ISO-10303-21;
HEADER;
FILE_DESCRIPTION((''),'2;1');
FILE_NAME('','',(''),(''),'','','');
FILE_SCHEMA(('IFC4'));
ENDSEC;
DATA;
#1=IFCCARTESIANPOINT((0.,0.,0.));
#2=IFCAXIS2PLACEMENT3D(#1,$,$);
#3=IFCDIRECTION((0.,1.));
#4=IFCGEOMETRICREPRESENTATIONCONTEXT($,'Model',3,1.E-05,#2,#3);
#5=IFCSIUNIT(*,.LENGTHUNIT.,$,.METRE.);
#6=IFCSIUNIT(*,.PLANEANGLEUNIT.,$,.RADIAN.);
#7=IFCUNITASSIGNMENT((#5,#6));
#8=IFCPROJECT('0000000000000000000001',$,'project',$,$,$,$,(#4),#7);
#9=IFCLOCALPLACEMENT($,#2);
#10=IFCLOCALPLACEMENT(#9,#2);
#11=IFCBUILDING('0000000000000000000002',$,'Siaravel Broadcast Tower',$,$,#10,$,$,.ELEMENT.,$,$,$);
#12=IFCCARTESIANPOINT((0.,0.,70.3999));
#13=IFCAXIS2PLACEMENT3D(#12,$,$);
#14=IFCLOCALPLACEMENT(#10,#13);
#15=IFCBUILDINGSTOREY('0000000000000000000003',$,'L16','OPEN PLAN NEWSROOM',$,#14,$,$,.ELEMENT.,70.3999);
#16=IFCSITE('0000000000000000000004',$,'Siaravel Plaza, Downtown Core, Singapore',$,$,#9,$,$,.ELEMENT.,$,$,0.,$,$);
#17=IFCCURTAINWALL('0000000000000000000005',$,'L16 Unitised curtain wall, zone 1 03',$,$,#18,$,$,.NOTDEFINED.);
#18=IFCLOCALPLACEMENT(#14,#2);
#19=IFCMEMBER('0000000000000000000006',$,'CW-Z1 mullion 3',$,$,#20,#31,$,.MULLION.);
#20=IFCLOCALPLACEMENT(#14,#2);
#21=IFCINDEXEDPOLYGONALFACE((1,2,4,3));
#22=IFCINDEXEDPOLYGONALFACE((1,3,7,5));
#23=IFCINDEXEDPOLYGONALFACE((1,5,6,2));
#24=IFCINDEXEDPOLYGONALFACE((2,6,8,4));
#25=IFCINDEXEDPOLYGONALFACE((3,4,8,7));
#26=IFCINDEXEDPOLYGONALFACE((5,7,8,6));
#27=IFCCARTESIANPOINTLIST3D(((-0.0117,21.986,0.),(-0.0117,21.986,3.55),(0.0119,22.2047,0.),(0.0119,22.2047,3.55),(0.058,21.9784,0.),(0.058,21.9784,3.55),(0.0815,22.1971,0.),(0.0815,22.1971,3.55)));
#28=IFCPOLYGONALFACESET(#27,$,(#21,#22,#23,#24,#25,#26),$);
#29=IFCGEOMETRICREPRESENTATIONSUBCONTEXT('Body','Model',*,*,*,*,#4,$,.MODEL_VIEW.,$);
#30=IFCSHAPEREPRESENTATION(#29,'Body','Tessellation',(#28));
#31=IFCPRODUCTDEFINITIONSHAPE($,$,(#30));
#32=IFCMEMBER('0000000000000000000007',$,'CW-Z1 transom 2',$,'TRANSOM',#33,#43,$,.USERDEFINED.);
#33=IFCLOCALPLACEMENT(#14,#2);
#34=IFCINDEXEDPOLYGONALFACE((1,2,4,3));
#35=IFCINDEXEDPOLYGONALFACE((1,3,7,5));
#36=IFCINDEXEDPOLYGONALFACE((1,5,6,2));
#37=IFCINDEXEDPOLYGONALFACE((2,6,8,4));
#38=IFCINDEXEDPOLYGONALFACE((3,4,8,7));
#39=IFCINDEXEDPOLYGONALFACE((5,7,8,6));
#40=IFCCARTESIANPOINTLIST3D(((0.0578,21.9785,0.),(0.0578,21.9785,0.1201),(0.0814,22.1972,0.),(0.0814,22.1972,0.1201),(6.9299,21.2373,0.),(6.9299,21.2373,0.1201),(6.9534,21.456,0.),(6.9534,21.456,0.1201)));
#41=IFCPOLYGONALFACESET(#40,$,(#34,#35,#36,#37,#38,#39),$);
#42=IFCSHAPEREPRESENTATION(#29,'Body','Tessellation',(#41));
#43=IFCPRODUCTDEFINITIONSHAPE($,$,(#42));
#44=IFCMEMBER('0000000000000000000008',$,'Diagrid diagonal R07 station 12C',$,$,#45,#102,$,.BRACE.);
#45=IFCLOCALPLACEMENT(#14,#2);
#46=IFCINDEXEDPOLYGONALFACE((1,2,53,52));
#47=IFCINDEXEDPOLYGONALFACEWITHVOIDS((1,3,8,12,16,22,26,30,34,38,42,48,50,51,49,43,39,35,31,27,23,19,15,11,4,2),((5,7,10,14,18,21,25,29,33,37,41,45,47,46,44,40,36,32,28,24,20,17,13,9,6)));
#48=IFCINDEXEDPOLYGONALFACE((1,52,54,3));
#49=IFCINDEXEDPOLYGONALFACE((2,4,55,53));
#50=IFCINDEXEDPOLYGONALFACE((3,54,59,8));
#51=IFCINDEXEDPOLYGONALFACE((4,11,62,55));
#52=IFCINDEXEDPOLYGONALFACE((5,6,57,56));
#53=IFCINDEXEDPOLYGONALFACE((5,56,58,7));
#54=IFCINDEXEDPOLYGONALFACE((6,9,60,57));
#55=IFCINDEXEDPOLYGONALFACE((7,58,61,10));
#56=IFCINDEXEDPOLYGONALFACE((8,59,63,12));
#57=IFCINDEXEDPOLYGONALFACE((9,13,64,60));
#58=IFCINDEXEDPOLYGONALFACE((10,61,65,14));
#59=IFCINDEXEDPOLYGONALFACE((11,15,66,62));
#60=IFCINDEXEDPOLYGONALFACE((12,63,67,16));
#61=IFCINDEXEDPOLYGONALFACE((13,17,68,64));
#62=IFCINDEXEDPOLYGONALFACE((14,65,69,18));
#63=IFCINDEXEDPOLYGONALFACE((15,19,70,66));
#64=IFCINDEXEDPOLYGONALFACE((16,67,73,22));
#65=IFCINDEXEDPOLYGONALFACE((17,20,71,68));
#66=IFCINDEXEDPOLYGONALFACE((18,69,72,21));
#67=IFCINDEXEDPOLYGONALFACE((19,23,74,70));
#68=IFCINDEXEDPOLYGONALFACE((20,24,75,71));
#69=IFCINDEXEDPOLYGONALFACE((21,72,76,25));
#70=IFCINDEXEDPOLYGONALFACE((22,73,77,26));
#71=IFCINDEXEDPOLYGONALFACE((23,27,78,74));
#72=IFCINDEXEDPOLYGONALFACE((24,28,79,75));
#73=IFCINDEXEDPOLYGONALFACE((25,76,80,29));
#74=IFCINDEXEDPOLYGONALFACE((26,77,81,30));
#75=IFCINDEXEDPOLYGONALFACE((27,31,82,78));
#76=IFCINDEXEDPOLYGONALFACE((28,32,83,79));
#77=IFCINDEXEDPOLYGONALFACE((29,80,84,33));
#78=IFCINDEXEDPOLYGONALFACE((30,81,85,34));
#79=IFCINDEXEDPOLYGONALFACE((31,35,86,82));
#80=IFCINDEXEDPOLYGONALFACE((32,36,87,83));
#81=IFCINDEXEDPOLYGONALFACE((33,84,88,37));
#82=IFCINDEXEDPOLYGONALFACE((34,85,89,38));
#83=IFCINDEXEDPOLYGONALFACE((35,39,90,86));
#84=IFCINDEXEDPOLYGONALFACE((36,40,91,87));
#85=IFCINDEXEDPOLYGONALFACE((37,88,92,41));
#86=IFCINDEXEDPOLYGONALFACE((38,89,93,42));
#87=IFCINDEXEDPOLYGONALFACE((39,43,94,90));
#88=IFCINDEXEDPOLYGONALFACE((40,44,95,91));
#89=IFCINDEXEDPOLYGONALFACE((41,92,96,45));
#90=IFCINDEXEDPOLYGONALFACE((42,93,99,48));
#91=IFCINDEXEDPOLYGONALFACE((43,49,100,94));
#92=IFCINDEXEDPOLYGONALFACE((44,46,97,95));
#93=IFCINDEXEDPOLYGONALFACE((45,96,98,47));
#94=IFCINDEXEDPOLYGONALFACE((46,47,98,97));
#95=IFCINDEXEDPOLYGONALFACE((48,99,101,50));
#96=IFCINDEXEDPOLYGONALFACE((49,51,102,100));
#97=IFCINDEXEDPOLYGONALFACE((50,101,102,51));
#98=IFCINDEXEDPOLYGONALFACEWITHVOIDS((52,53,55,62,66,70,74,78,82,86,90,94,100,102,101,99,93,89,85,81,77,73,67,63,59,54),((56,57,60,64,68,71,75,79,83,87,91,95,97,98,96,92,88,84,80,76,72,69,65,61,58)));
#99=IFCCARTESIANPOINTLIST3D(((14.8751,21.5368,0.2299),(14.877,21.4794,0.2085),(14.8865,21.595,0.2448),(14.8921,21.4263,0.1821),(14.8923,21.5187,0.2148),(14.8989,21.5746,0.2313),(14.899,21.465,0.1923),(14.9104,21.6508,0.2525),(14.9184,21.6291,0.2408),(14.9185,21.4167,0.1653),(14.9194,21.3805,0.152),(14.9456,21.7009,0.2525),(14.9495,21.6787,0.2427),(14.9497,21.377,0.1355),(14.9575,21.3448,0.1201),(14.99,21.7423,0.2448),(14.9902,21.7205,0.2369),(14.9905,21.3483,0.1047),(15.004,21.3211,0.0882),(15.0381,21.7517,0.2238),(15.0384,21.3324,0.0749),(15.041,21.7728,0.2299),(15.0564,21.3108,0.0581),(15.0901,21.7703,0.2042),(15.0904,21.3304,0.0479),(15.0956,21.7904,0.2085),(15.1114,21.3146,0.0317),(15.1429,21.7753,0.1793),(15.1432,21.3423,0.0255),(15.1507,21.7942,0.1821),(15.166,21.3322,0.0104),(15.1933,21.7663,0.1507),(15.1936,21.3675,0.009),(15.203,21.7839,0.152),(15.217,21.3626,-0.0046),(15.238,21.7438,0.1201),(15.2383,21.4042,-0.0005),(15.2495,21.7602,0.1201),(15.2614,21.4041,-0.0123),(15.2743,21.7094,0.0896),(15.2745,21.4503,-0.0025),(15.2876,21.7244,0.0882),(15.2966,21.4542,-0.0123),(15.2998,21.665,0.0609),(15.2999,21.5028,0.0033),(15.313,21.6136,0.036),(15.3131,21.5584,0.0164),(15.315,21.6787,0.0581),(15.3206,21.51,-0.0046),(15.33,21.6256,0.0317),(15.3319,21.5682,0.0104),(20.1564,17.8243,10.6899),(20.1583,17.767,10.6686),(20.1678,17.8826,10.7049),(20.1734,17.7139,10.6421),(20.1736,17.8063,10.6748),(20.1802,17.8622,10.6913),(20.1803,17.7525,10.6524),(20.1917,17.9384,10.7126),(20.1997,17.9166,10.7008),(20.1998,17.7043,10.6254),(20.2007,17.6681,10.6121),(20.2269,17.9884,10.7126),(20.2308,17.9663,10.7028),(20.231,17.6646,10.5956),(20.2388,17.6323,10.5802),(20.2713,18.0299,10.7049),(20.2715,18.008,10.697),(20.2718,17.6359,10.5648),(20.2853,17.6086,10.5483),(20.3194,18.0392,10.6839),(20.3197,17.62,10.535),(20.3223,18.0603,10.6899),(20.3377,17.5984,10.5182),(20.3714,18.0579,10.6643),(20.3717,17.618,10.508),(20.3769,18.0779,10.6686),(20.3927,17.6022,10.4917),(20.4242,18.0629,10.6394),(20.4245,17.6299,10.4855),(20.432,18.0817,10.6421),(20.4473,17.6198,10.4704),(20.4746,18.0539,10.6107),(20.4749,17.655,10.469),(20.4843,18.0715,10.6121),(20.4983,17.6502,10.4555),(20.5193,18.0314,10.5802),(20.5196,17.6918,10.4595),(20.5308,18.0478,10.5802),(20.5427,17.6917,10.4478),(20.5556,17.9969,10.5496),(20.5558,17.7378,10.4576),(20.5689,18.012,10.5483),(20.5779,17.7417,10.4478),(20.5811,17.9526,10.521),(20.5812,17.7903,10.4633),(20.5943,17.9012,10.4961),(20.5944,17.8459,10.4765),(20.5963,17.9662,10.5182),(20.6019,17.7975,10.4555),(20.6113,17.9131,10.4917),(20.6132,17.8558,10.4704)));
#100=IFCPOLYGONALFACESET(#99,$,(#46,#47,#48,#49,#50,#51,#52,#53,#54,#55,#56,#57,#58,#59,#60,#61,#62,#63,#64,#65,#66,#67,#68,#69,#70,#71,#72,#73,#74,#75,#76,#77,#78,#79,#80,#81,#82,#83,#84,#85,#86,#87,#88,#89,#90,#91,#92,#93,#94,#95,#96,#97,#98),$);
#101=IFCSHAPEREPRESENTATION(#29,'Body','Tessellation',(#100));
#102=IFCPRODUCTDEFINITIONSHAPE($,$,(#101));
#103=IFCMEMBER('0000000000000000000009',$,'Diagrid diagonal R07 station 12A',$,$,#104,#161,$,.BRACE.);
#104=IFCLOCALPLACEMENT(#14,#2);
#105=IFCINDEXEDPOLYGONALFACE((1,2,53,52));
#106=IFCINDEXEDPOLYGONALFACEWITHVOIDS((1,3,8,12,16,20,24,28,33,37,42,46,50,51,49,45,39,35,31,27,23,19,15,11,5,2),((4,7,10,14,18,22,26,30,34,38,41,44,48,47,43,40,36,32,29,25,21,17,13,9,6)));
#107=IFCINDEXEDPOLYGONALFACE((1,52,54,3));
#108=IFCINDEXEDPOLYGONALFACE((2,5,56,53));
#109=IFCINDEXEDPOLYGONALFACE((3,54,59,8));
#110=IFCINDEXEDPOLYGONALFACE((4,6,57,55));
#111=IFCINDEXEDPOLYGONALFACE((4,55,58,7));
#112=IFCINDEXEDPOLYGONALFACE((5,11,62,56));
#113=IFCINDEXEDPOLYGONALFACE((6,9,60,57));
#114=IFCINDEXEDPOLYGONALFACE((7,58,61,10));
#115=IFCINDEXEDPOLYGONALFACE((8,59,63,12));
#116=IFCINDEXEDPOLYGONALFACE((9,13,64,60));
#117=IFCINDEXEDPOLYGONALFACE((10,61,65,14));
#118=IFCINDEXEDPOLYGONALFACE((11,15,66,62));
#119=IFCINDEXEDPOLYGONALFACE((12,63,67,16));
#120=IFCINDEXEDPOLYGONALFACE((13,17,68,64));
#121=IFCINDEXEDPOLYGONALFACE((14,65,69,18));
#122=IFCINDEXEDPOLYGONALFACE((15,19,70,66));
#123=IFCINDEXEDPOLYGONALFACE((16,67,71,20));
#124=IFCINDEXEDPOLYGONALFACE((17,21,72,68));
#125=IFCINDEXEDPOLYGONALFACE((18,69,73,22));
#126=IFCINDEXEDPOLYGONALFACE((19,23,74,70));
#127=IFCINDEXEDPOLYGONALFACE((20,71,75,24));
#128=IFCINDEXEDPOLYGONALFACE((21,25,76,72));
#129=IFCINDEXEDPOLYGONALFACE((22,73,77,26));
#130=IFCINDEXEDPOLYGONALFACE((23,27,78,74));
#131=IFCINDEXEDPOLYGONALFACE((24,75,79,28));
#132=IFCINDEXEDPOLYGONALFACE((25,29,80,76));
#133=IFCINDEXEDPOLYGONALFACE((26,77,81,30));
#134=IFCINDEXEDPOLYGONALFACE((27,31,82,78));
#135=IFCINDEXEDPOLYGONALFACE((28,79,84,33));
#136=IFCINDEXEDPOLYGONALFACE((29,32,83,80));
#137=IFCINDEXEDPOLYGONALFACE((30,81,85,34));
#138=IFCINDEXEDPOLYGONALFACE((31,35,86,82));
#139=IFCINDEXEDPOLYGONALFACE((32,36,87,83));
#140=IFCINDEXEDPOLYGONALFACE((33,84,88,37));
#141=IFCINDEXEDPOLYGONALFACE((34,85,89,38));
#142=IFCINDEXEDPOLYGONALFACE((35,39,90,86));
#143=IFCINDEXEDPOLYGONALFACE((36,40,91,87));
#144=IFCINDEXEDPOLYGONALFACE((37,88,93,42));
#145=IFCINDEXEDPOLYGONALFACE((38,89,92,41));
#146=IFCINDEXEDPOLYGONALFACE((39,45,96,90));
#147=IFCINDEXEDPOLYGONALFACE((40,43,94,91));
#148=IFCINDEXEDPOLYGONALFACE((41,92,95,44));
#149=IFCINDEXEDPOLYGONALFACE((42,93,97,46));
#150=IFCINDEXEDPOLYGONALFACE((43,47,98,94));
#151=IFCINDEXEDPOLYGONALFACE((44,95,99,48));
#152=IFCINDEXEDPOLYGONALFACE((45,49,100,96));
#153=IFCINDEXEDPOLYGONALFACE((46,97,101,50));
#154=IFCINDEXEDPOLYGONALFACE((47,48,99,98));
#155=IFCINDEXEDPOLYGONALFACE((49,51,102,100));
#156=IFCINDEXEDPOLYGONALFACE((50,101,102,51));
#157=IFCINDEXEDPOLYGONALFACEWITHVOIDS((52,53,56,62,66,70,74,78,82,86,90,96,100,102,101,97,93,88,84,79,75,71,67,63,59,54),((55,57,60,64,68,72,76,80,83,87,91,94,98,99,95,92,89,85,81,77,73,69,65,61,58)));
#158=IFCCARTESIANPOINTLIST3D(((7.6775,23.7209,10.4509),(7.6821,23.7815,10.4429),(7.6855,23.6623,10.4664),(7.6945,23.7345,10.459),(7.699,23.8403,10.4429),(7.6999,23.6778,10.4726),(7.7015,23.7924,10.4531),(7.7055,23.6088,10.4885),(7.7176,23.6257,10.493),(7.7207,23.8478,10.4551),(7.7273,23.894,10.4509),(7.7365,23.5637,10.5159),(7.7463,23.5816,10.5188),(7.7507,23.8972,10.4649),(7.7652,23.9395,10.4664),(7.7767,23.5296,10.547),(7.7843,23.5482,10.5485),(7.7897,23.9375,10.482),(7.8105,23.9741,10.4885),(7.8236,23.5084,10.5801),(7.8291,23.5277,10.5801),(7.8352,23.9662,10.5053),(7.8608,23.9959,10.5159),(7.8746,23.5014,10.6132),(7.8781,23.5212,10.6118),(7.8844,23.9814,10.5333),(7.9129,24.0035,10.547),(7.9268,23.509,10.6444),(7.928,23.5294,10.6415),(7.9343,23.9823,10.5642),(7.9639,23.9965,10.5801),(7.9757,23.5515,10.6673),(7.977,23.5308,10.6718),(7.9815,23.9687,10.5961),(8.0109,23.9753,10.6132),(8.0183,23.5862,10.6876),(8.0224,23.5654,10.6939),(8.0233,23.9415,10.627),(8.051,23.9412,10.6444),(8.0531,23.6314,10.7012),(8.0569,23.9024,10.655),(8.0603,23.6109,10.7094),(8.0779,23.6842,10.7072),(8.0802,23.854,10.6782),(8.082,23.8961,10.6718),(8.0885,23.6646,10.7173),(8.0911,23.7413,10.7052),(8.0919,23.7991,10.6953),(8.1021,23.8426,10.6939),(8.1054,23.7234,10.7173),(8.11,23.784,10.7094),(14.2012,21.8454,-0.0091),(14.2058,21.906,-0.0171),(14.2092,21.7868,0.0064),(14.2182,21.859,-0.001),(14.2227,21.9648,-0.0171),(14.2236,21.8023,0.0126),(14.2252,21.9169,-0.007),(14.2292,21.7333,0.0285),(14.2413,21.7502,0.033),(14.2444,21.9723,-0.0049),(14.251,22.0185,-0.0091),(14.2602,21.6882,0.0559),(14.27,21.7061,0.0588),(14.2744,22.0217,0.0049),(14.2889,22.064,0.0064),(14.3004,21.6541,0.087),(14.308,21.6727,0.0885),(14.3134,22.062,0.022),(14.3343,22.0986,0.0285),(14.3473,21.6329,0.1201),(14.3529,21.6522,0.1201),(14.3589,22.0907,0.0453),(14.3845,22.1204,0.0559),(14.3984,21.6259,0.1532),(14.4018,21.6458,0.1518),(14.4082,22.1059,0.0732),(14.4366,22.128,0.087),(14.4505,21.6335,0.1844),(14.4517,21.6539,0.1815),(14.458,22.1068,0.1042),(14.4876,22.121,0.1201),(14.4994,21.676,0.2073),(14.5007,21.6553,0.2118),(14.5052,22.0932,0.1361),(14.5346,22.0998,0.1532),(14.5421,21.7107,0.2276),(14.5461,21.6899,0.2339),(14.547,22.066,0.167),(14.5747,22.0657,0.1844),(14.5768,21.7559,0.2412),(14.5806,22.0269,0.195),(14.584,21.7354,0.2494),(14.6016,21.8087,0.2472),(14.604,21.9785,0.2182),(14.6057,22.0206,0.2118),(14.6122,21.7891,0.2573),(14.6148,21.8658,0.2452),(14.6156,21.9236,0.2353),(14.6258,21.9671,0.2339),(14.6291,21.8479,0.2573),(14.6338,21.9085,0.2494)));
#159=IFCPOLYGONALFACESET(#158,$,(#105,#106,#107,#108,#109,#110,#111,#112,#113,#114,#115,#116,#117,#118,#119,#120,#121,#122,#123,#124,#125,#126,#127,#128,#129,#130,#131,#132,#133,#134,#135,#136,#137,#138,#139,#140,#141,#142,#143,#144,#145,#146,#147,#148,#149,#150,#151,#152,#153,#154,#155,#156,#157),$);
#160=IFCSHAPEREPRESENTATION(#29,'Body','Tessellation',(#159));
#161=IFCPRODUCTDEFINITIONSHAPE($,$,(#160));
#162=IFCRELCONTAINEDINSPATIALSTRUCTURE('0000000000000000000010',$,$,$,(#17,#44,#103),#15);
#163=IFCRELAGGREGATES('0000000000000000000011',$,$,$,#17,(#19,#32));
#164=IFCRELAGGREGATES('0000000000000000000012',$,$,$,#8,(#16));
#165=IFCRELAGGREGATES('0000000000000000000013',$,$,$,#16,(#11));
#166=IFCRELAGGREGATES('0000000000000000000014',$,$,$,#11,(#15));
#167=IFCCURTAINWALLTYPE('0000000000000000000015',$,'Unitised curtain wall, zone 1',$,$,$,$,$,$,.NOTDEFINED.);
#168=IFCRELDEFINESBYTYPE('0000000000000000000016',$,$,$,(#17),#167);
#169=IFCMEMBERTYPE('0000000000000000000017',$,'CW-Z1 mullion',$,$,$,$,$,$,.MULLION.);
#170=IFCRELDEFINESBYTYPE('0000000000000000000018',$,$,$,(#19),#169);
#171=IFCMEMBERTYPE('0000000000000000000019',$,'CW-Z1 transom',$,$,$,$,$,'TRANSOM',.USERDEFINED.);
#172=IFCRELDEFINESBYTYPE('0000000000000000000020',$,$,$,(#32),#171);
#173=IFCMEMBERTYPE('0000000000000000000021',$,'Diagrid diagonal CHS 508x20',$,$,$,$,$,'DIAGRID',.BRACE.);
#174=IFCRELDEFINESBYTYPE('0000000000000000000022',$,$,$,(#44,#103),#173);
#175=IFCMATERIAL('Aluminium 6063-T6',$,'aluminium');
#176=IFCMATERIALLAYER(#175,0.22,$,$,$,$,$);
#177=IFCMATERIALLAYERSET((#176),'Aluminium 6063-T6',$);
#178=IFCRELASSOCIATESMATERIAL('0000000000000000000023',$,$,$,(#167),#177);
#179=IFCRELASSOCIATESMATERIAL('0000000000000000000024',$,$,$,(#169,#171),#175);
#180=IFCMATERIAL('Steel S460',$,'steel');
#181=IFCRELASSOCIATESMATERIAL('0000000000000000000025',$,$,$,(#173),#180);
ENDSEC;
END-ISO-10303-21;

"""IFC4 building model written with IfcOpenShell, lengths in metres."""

from ifc_helpers import new_model, si_unit, direction, frame, origin, origin_2d, place, context, subcontext, project, spatial, rectangle, hollow_circle, extrude, material, layer, layer_set, material_profile, profile_set, type_object, element, aggregate, save


model = new_model("IFC4")

# Units and contexts
model_context = context("Model", 3, precision=1e-05, world=origin(), true_north=direction((0.0, 1.0)))
body_context = subcontext(model_context, "Body", "Model", "MODEL_VIEW")
ifc_project = project(units=[si_unit("LENGTHUNIT", "METRE"), si_unit("PLANEANGLEUNIT", "RADIAN")], contexts=[model_context])

# Site, building, storey
site_placement = place(None, origin())
site = spatial("IfcSite", under=ifc_project, at=site_placement, Name="Siaravel Plaza, Downtown Core, Singapore", CompositionType="ELEMENT", RefElevation=0.0)
building_placement = place(site_placement, origin())
building = spatial("IfcBuilding", under=site, at=building_placement, Name="Siaravel Broadcast Tower", CompositionType="ELEMENT")
storey_placement = place(building_placement, frame((0.0, 0.0, 70.3999)))
storey = spatial("IfcBuildingStorey", under=building, at=storey_placement, Name="L16", Description="OPEN PLAN NEWSROOM", CompositionType="ELEMENT", Elevation=70.3999)

# Curtain wall, members
ifc_material_1 = material(Name="Aluminium 6063-T6", Category="aluminium")
ifc_layer_1 = layer(ifc_material_1, 0.22)
ifc_layer_set_1 = layer_set([ifc_layer_1], Name="Aluminium 6063-T6")
curtain_wall_type = type_object("IfcCurtainWallType", Name="Unitised curtain wall, zone 1", PredefinedType="NOTDEFINED", material=ifc_layer_set_1)
curtain_wall_placement = place(storey_placement, origin())
curtain_wall = element("IfcCurtainWall", 1, at=curtain_wall_placement, inside=storey, type_object=curtain_wall_type, Name="L16 Unitised curtain wall, zone 1 03", PredefinedType="NOTDEFINED")
ifc_material_profile_1 = material_profile(ifc_material_1, rectangle(XDim=0.22, YDim=0.0701, at=origin_2d()))
ifc_profile_set_1 = profile_set([ifc_material_profile_1], Name="Aluminium 6063-T6")
member_type_1 = type_object("IfcMemberType", Name="CW-Z1 mullion", PredefinedType="MULLION", material=ifc_profile_set_1)
member_1_placement = place(storey_placement, frame((0.0349, 22.0916, 0.0), z_axis=(0.0, 0.0, 1.0), x_axis=(-0.107218, -0.994236, 0.0)))
member_1 = element("IfcMember", 2, at=member_1_placement, type_object=member_type_1, Name="CW-Z1 mullion 3", PredefinedType="MULLION", context=body_context, shape_type="SweptSolid", body=[
    extrude(rectangle(XDim=0.22, YDim=0.0701, at=origin_2d()), origin(), (0.0, 0.0, 1.0), 3.55),
])
ifc_material_profile_2 = material_profile(ifc_material_1, rectangle(XDim=0.22, YDim=0.1201, at=origin_2d()))
ifc_profile_set_2 = profile_set([ifc_material_profile_2], Name="Aluminium 6063-T6")
member_type_2 = type_object("IfcMemberType", Name="CW-Z1 transom", ElementType="TRANSOM", PredefinedType="USERDEFINED", material=ifc_profile_set_2)
member_2_placement = place(storey_placement, frame((6.9417, 21.3467, 0.0601), z_axis=(-0.994234, 0.107237, 0.0), x_axis=(-0.107237, -0.994234, 0.0)))
member_2 = element("IfcMember", 3, at=member_2_placement, type_object=member_type_2, Name="CW-Z1 transom 2", ObjectType="TRANSOM", PredefinedType="USERDEFINED", context=body_context, shape_type="SweptSolid", body=[
    extrude(rectangle(XDim=0.22, YDim=0.1201, at=origin_2d()), origin(), (0.0, 0.0, 1.0), 6.9119),
])

# Members
ifc_material_2 = material(Name="Steel S460", Category="steel")
ifc_material_profile_3 = material_profile(ifc_material_2, hollow_circle(Radius=0.2539, WallThickness=0.02, at=origin_2d()))
ifc_profile_set_3 = profile_set([ifc_material_profile_3], Name="Steel S460")
member_type_3 = type_object("IfcMemberType", Name="Diagrid diagonal CHS 508x20", ElementType="DIAGRID", PredefinedType="BRACE", material=ifc_profile_set_3)
member_3_placement = place(storey_placement, frame((15.1035, 21.5525, 0.1201), z_axis=(0.429662, -0.302027, 0.850982), x_axis=(0.575076, 0.8181, 0.0)))
element("IfcMember", 4, at=member_3_placement, inside=storey, type_object=member_type_3, Name="Diagrid diagonal R07 station 12C", PredefinedType="BRACE", context=body_context, shape_type="SweptSolid", body=[
    extrude(hollow_circle(Radius=0.2539, WallThickness=0.02, at=origin_2d()), origin(), (0.0, 0.0, 1.0), 12.2917),
])
member_4_placement = place(storey_placement, frame((14.4175, 21.877, 0.1201), z_axis=(-0.523174, 0.150407, 0.838848), x_axis=(-0.276298, -0.961072, 0.0)))
element("IfcMember", 5, at=member_4_placement, inside=storey, type_object=member_type_3, Name="Diagrid diagonal R07 station 12A", PredefinedType="BRACE", context=body_context, shape_type="SweptSolid", body=[
    extrude(hollow_circle(Radius=0.2539, WallThickness=0.02, at=origin_2d()), origin(), (0.0, 0.0, 1.0), 12.4695),
])

aggregate(curtain_wall, [member_1, member_2])

save(model, "model.ifc")
